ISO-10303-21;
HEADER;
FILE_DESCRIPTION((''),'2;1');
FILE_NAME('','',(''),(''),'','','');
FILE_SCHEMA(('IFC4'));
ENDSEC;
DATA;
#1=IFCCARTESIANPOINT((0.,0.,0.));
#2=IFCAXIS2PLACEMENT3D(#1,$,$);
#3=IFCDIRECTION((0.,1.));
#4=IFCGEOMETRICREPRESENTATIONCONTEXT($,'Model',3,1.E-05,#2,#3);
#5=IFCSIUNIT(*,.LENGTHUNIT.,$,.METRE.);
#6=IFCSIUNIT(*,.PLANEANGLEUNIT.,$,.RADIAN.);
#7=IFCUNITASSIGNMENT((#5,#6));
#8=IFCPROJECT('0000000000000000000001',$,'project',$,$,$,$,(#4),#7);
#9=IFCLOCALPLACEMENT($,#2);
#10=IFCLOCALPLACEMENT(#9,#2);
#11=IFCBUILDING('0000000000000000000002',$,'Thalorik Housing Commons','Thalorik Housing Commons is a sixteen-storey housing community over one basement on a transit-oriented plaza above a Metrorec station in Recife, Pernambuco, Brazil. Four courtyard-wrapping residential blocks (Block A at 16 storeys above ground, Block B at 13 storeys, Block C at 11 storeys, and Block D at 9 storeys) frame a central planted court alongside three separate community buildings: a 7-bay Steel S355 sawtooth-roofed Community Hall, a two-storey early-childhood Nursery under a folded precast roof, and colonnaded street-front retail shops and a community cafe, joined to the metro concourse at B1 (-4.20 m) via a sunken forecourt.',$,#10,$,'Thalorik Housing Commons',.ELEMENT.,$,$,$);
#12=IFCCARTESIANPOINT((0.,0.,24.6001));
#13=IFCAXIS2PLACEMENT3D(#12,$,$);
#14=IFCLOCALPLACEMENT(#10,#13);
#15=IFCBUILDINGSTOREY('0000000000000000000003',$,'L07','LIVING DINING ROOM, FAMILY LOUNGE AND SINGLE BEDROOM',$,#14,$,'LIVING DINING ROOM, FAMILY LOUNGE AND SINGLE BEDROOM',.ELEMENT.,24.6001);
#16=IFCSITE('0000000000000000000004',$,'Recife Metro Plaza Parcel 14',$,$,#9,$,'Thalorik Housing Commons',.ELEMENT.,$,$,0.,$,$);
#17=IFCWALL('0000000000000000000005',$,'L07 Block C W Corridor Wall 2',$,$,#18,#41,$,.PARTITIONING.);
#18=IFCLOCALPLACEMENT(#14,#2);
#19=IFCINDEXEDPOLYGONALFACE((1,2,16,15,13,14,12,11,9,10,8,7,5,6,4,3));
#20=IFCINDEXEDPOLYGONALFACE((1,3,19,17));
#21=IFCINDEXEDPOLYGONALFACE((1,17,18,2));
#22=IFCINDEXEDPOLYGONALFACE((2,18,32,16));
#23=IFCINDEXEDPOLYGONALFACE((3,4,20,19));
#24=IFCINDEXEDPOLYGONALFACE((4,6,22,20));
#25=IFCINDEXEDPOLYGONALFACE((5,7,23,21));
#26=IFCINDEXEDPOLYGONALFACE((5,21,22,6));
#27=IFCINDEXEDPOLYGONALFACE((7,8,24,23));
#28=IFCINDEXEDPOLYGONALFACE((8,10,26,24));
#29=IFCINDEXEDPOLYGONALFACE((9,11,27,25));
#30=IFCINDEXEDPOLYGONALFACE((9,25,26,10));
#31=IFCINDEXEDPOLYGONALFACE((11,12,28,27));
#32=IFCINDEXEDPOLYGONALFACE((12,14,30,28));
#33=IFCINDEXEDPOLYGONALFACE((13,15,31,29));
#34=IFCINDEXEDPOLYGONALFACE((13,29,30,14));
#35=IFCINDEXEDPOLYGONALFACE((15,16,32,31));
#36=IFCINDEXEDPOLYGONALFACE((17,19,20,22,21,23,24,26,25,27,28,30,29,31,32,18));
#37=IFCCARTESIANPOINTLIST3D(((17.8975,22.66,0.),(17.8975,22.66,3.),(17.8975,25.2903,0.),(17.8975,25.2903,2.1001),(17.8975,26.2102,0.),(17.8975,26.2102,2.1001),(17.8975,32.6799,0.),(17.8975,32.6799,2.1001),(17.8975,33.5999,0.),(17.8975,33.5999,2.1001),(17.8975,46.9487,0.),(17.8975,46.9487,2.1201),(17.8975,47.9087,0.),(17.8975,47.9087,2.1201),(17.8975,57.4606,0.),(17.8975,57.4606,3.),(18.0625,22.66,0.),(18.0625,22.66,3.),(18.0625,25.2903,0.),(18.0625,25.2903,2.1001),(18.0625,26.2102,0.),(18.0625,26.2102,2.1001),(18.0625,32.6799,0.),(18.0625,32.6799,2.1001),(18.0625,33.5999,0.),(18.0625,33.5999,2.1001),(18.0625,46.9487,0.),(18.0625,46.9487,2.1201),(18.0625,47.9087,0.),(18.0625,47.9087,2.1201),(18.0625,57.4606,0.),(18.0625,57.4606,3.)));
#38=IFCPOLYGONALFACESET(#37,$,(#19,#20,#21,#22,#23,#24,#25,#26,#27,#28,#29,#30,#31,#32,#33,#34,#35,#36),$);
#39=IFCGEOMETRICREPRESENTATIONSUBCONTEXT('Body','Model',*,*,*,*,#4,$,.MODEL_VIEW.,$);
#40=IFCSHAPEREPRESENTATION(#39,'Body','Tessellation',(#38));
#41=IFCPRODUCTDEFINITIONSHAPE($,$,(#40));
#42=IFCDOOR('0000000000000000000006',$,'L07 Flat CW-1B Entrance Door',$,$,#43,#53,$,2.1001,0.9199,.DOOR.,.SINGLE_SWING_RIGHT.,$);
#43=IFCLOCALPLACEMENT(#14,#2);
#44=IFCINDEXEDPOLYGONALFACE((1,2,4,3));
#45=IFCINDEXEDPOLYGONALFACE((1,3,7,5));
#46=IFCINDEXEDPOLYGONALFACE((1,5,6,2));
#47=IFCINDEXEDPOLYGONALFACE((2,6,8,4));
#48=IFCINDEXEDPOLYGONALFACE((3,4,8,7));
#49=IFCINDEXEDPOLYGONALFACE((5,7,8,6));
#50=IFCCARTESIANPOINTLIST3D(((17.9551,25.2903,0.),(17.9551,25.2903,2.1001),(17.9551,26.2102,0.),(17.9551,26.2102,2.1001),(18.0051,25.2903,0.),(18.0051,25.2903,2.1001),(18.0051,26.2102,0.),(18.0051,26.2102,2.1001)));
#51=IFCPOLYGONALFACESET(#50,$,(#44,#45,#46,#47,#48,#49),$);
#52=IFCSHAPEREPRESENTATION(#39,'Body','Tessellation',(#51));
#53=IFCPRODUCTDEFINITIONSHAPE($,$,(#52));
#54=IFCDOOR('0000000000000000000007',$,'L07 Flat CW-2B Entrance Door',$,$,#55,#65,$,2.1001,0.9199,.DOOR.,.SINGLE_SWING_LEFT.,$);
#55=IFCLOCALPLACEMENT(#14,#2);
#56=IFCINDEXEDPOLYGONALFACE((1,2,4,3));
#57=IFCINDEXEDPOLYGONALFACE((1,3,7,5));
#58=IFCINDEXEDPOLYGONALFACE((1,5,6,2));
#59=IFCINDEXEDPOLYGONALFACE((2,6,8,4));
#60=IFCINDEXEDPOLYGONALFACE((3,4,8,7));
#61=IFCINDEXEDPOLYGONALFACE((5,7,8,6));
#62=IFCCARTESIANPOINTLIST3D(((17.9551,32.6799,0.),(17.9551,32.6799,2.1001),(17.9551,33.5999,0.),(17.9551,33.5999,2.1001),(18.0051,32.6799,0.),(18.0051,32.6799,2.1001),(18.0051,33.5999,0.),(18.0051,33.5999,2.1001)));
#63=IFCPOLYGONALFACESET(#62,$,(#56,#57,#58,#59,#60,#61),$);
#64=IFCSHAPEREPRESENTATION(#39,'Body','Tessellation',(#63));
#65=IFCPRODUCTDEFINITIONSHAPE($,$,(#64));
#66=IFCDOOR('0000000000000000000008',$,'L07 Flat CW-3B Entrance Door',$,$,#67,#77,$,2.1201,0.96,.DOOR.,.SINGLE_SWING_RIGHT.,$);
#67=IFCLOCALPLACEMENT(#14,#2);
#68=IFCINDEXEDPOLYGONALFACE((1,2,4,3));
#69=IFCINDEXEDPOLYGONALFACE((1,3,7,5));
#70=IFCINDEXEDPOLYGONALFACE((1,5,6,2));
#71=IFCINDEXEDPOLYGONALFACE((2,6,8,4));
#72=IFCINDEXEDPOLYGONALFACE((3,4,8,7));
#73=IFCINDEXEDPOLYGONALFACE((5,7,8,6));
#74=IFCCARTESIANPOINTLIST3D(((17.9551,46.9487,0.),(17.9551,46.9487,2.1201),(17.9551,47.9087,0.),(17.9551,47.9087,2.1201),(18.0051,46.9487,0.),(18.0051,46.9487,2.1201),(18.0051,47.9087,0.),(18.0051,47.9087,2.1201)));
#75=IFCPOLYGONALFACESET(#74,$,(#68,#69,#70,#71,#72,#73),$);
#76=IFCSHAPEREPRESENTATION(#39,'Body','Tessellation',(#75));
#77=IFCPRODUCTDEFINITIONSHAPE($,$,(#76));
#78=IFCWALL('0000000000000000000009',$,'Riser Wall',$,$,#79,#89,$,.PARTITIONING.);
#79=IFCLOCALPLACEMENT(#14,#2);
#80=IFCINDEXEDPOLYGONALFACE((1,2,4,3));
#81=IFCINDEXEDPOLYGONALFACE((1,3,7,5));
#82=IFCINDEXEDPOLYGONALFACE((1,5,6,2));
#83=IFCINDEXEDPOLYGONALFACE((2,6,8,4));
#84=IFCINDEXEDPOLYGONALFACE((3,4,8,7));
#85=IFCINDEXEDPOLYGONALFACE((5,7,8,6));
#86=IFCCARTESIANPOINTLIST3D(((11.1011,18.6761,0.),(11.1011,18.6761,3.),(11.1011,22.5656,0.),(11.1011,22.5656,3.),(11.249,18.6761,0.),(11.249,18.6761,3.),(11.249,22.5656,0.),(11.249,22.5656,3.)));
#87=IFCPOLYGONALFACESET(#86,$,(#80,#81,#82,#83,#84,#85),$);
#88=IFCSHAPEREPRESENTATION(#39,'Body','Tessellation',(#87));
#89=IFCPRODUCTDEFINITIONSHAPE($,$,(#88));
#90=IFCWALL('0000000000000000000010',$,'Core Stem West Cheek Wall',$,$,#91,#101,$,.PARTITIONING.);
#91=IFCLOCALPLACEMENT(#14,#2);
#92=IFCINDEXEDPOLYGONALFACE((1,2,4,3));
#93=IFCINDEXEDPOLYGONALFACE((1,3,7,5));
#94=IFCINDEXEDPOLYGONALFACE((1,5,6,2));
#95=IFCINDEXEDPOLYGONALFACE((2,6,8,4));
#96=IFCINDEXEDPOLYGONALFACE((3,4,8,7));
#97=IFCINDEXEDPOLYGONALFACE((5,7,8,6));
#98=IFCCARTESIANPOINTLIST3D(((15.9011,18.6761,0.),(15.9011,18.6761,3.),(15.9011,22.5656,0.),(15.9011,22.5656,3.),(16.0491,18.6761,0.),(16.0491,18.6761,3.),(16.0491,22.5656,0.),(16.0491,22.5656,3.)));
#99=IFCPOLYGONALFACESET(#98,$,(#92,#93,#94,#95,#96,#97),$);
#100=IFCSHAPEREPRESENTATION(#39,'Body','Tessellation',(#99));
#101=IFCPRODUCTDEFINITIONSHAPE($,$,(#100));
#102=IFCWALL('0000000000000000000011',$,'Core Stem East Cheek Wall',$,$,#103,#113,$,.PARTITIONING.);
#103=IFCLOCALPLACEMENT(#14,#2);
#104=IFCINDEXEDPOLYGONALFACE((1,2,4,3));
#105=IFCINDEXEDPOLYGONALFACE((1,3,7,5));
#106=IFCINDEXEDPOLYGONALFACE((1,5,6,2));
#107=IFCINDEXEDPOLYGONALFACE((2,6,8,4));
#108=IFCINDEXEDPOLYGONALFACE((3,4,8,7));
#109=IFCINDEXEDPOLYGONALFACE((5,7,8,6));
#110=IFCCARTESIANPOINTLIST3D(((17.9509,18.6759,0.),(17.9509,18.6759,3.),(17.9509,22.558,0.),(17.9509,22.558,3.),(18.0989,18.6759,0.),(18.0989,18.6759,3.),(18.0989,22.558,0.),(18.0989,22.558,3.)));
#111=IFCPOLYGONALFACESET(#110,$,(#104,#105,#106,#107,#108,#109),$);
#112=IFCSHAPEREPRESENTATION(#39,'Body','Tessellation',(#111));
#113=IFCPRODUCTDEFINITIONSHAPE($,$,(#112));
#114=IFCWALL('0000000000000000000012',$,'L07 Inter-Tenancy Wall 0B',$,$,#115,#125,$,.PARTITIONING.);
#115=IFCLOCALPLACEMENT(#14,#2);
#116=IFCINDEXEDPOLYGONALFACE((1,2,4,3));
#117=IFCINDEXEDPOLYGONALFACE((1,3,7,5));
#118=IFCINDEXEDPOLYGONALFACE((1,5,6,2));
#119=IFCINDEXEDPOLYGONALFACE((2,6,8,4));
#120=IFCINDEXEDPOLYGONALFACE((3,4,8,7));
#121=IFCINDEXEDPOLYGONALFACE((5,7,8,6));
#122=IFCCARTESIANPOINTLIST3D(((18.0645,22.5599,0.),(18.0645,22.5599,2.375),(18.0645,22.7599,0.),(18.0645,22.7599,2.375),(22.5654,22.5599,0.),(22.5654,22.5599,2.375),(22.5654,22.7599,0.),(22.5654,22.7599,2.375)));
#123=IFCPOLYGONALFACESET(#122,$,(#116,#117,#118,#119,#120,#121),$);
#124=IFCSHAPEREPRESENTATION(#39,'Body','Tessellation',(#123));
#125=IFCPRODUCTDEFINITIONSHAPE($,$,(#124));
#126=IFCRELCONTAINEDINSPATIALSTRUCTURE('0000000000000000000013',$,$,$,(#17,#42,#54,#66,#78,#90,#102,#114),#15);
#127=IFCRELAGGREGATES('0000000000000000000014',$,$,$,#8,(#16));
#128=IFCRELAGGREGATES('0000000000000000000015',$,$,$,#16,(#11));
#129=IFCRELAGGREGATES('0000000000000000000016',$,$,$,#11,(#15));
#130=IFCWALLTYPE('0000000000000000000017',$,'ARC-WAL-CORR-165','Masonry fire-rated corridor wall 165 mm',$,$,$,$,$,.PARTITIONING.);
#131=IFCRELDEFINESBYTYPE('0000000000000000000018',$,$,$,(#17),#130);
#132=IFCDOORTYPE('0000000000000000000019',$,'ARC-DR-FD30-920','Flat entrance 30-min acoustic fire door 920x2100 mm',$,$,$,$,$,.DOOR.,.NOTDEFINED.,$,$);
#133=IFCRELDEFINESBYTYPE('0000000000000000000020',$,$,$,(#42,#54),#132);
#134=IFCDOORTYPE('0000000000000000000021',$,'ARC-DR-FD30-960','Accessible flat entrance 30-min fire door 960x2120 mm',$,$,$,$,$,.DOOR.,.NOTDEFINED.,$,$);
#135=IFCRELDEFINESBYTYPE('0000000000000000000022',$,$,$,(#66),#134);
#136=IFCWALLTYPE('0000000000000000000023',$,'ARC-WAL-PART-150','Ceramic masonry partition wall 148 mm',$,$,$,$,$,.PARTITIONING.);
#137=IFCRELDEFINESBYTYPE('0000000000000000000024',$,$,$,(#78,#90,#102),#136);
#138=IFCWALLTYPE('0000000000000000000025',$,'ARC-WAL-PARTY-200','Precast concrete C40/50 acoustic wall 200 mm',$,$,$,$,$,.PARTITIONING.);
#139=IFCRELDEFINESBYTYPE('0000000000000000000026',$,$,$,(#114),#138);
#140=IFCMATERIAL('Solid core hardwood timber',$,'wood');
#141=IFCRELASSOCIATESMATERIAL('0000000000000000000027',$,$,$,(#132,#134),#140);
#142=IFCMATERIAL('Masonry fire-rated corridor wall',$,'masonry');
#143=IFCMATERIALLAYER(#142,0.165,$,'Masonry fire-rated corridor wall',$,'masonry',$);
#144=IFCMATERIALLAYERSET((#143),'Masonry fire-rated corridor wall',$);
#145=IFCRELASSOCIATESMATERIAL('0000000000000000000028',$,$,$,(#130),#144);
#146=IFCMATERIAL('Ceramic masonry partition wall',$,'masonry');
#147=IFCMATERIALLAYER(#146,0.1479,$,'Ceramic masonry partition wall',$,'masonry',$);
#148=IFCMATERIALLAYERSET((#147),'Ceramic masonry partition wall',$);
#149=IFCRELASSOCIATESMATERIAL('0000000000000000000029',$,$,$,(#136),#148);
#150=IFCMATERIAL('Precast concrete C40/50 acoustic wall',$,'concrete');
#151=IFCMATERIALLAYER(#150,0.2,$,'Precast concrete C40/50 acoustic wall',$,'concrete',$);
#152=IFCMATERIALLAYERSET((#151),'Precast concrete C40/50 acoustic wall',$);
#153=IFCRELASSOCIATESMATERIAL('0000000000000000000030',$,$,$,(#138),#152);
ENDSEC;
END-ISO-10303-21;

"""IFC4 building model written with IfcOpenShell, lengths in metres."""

from ifc_helpers import new_model, si_unit, direction, frame, frame_2d, origin, place, context, subcontext, project, spatial, rectangle, extrude, material, layer, layer_set, type_object, element, fill, save


model = new_model("IFC4")

# Units and contexts
model_context = context("Model", 3, precision=1e-05, world=origin(), true_north=direction((0.0, 1.0)))
body_context = subcontext(model_context, "Body", "Model", "MODEL_VIEW")
ifc_project = project(units=[si_unit("LENGTHUNIT", "METRE"), si_unit("PLANEANGLEUNIT", "RADIAN")], contexts=[model_context])

# Site, building, storey
site_placement = place(None, origin())
site = spatial("IfcSite", under=ifc_project, at=site_placement, Name="Recife Metro Plaza Parcel 14", LongName="Thalorik Housing Commons", CompositionType="ELEMENT", RefElevation=0.0)
building_placement = place(site_placement, origin())
building = spatial("IfcBuilding", under=site, at=building_placement, Name="Thalorik Housing Commons", Description="Thalorik Housing Commons is a sixteen-storey housing community over one basement on a transit-oriented plaza above a Metrorec station in Recife, Pernambuco, Brazil. Four courtyard-wrapping residential blocks (Block A at 16 storeys above ground, Block B at 13 storeys, Block C at 11 storeys, and Block D at 9 storeys) frame a central planted court alongside three separate community buildings: a 7-bay Steel S355 sawtooth-roofed Community Hall, a two-storey early-childhood Nursery under a folded precast roof, and colonnaded street-front retail shops and a community cafe, joined to the metro concourse at B1 (-4.20 m) via a sunken forecourt.", LongName="Thalorik Housing Commons", CompositionType="ELEMENT")
storey_placement = place(building_placement, frame((0.0, 0.0, 24.6001)))
storey = spatial("IfcBuildingStorey", under=building, at=storey_placement, Name="L07", Description="LIVING DINING ROOM, FAMILY LOUNGE AND SINGLE BEDROOM", LongName="LIVING DINING ROOM, FAMILY LOUNGE AND SINGLE BEDROOM", CompositionType="ELEMENT", Elevation=24.6001)

# Wall, openings, doors
ifc_material_1 = material(Name="Masonry fire-rated corridor wall", Category="masonry")
ifc_material_2 = material(Name="Solid core hardwood timber", Category="wood")
door_type_1 = type_object("IfcDoorType", Name="ARC-DR-FD30-920", Description="Flat entrance 30-min acoustic fire door 920x2100 mm", OperationType="NOTDEFINED", PredefinedType="DOOR", material=ifc_material_2)
door_type_2 = type_object("IfcDoorType", Name="ARC-DR-FD30-960", Description="Accessible flat entrance 30-min fire door 960x2120 mm", OperationType="NOTDEFINED", PredefinedType="DOOR", material=ifc_material_2)
ifc_layer_1 = layer(ifc_material_1, 0.165, Name="Masonry fire-rated corridor wall", Category="masonry")
ifc_layer_set_1 = layer_set([ifc_layer_1], Name="Masonry fire-rated corridor wall")
wall_type_1 = type_object("IfcWallType", Name="ARC-WAL-CORR-165", Description="Masonry fire-rated corridor wall 165 mm", PredefinedType="PARTITIONING", material=ifc_layer_set_1)
wall_1_placement = place(storey_placement, frame((17.98, 22.6599, 0.0), z_axis=(0.0, 0.0, 1.0), x_axis=(0.0, 1.0, 0.0)))
wall_1 = element("IfcWall", 1, at=wall_1_placement, inside=storey, type_object=wall_type_1, Name="L07 Block C W Corridor Wall 2", PredefinedType="PARTITIONING", context=body_context, shape_type="SweptSolid", body=[
    extrude(rectangle(XDim=34.8005, YDim=0.165, at=frame_2d((17.4004, 0.0))), origin(), (0.0, 0.0, 1.0), 3.0),
])
opening_1_placement = place(wall_1_placement, frame((2.6304, 0.0, 0.0)))
opening_1 = element("IfcOpeningElement", 2, at=opening_1_placement, cuts=wall_1, PredefinedType="OPENING", context=body_context, shape_type="SweptSolid", body=[
    extrude(rectangle(XDim=0.9199, YDim=2.1001, at=frame_2d((0.46, 1.05))), frame((0.0, 0.0925, 0.0), z_axis=(0.0, -1.0, 0.0), x_axis=(1.0, 0.0, 0.0)), (0.0, 0.0, 1.0), 0.1851),
])
opening_2_placement = place(wall_1_placement, frame((10.02, 0.0, 0.0)))
opening_2 = element("IfcOpeningElement", 3, at=opening_2_placement, cuts=wall_1, PredefinedType="OPENING", context=body_context, shape_type="SweptSolid", body=[
    extrude(rectangle(XDim=0.9199, YDim=2.1001, at=frame_2d((0.46, 1.05))), frame((0.0, 0.0925, 0.0), z_axis=(0.0, -1.0, 0.0), x_axis=(1.0, 0.0, 0.0)), (0.0, 0.0, 1.0), 0.1851),
])
opening_3_placement = place(wall_1_placement, frame((24.2888, 0.0, 0.0)))
opening_3 = element("IfcOpeningElement", 4, at=opening_3_placement, cuts=wall_1, PredefinedType="OPENING", context=body_context, shape_type="SweptSolid", body=[
    extrude(rectangle(XDim=0.96, YDim=2.1201, at=frame_2d((0.48, 1.0601))), frame((0.0, 0.0925, 0.0), z_axis=(0.0, -1.0, 0.0), x_axis=(1.0, 0.0, 0.0)), (0.0, 0.0, 1.0), 0.1851),
])
door_1_placement = place(opening_1_placement, origin())
door_1 = element("IfcDoor", 5, at=door_1_placement, inside=storey, type_object=door_type_1, Name="L07 Flat CW-1B Entrance Door", OperationType="SINGLE_SWING_RIGHT", OverallHeight=2.1001, OverallWidth=0.9199, PredefinedType="DOOR", context=body_context, shape_type="SweptSolid", body=[
    extrude(rectangle(XDim=0.9199, YDim=2.1001, at=frame_2d((0.46, 1.05))), frame((0.0, 0.0249, 0.0), z_axis=(0.0, -1.0, 0.0), x_axis=(1.0, 0.0, 0.0)), (0.0, 0.0, 1.0), 0.05),
])
fill(opening_1, door_1)
door_2_placement = place(opening_2_placement, origin())
door_2 = element("IfcDoor", 6, at=door_2_placement, inside=storey, type_object=door_type_1, Name="L07 Flat CW-2B Entrance Door", OperationType="SINGLE_SWING_LEFT", OverallHeight=2.1001, OverallWidth=0.9199, PredefinedType="DOOR", context=body_context, shape_type="SweptSolid", body=[
    extrude(rectangle(XDim=0.9199, YDim=2.1001, at=frame_2d((0.46, 1.05))), frame((0.0, 0.0249, 0.0), z_axis=(0.0, -1.0, 0.0), x_axis=(1.0, 0.0, 0.0)), (0.0, 0.0, 1.0), 0.05),
])
fill(opening_2, door_2)
door_3_placement = place(opening_3_placement, origin())
door_3 = element("IfcDoor", 7, at=door_3_placement, inside=storey, type_object=door_type_2, Name="L07 Flat CW-3B Entrance Door", OperationType="SINGLE_SWING_RIGHT", OverallHeight=2.1201, OverallWidth=0.96, PredefinedType="DOOR", context=body_context, shape_type="SweptSolid", body=[
    extrude(rectangle(XDim=0.96, YDim=2.1201, at=frame_2d((0.48, 1.0601))), frame((0.0, 0.0249, 0.0), z_axis=(0.0, -1.0, 0.0), x_axis=(1.0, 0.0, 0.0)), (0.0, 0.0, 1.0), 0.05),
])
fill(opening_3, door_3)

# Walls
ifc_material_3 = material(Name="Ceramic masonry partition wall", Category="masonry")
ifc_layer_2 = layer(ifc_material_3, 0.1479, Name="Ceramic masonry partition wall", Category="masonry")
ifc_layer_set_2 = layer_set([ifc_layer_2], Name="Ceramic masonry partition wall")
wall_type_2 = type_object("IfcWallType", Name="ARC-WAL-PART-150", Description="Ceramic masonry partition wall 148 mm", PredefinedType="PARTITIONING", material=ifc_layer_set_2)
for number, where, z_axis, x_axis, name in (
    (8, (11.175, 18.676, 0.0), (0.0, 0.0, 1.0), (0.0, 1.0, 0.0), "Riser Wall"),
    (9, (15.9751, 18.676, 0.0), (0.0, 0.0, 1.0), (0.0, 1.0, 0.0), "Core Stem West Cheek Wall"),
):
    element("IfcWall", number, at=place(storey_placement, frame(where, z_axis=z_axis, x_axis=x_axis)), inside=storey, type_object=wall_type_2, Name=name, PredefinedType="PARTITIONING", context=body_context, shape_type="SweptSolid", body=[
        extrude(rectangle(XDim=3.8894, YDim=0.1479, at=frame_2d((1.9448, 0.0))), origin(), (0.0, 0.0, 1.0), 3.0),
    ])
wall_2_placement = place(storey_placement, frame((18.0249, 18.676, 0.0), z_axis=(0.0, 0.0, 1.0), x_axis=(0.0, 1.0, 0.0)))
element("IfcWall", 10, at=wall_2_placement, inside=storey, type_object=wall_type_2, Name="Core Stem East Cheek Wall", PredefinedType="PARTITIONING", context=body_context, shape_type="SweptSolid", body=[
    extrude(rectangle(XDim=3.8821, YDim=0.1479, at=frame_2d((1.9409, 0.0))), origin(), (0.0, 0.0, 1.0), 3.0),
])

# Wall
ifc_material_4 = material(Name="Precast concrete C40/50 acoustic wall", Category="concrete")
ifc_layer_3 = layer(ifc_material_4, 0.2, Name="Precast concrete C40/50 acoustic wall", Category="concrete")
ifc_layer_set_3 = layer_set([ifc_layer_3], Name="Precast concrete C40/50 acoustic wall")
wall_type_3 = type_object("IfcWallType", Name="ARC-WAL-PARTY-200", Description="Precast concrete C40/50 acoustic wall 200 mm", PredefinedType="PARTITIONING", material=ifc_layer_set_3)
wall_3_placement = place(storey_placement, frame((18.0645, 22.6599, 0.0), z_axis=(0.0, 0.0, 1.0), x_axis=(1.0, 0.0, 0.0)))
element("IfcWall", 11, at=wall_3_placement, inside=storey, type_object=wall_type_3, Name="L07 Inter-Tenancy Wall 0B", PredefinedType="PARTITIONING", context=body_context, shape_type="SweptSolid", body=[
    extrude(rectangle(XDim=4.501, YDim=0.2, at=frame_2d((2.2505, 0.0))), origin(), (0.0, 0.0, 1.0), 2.375),
])

save(model, "model.ifc")
